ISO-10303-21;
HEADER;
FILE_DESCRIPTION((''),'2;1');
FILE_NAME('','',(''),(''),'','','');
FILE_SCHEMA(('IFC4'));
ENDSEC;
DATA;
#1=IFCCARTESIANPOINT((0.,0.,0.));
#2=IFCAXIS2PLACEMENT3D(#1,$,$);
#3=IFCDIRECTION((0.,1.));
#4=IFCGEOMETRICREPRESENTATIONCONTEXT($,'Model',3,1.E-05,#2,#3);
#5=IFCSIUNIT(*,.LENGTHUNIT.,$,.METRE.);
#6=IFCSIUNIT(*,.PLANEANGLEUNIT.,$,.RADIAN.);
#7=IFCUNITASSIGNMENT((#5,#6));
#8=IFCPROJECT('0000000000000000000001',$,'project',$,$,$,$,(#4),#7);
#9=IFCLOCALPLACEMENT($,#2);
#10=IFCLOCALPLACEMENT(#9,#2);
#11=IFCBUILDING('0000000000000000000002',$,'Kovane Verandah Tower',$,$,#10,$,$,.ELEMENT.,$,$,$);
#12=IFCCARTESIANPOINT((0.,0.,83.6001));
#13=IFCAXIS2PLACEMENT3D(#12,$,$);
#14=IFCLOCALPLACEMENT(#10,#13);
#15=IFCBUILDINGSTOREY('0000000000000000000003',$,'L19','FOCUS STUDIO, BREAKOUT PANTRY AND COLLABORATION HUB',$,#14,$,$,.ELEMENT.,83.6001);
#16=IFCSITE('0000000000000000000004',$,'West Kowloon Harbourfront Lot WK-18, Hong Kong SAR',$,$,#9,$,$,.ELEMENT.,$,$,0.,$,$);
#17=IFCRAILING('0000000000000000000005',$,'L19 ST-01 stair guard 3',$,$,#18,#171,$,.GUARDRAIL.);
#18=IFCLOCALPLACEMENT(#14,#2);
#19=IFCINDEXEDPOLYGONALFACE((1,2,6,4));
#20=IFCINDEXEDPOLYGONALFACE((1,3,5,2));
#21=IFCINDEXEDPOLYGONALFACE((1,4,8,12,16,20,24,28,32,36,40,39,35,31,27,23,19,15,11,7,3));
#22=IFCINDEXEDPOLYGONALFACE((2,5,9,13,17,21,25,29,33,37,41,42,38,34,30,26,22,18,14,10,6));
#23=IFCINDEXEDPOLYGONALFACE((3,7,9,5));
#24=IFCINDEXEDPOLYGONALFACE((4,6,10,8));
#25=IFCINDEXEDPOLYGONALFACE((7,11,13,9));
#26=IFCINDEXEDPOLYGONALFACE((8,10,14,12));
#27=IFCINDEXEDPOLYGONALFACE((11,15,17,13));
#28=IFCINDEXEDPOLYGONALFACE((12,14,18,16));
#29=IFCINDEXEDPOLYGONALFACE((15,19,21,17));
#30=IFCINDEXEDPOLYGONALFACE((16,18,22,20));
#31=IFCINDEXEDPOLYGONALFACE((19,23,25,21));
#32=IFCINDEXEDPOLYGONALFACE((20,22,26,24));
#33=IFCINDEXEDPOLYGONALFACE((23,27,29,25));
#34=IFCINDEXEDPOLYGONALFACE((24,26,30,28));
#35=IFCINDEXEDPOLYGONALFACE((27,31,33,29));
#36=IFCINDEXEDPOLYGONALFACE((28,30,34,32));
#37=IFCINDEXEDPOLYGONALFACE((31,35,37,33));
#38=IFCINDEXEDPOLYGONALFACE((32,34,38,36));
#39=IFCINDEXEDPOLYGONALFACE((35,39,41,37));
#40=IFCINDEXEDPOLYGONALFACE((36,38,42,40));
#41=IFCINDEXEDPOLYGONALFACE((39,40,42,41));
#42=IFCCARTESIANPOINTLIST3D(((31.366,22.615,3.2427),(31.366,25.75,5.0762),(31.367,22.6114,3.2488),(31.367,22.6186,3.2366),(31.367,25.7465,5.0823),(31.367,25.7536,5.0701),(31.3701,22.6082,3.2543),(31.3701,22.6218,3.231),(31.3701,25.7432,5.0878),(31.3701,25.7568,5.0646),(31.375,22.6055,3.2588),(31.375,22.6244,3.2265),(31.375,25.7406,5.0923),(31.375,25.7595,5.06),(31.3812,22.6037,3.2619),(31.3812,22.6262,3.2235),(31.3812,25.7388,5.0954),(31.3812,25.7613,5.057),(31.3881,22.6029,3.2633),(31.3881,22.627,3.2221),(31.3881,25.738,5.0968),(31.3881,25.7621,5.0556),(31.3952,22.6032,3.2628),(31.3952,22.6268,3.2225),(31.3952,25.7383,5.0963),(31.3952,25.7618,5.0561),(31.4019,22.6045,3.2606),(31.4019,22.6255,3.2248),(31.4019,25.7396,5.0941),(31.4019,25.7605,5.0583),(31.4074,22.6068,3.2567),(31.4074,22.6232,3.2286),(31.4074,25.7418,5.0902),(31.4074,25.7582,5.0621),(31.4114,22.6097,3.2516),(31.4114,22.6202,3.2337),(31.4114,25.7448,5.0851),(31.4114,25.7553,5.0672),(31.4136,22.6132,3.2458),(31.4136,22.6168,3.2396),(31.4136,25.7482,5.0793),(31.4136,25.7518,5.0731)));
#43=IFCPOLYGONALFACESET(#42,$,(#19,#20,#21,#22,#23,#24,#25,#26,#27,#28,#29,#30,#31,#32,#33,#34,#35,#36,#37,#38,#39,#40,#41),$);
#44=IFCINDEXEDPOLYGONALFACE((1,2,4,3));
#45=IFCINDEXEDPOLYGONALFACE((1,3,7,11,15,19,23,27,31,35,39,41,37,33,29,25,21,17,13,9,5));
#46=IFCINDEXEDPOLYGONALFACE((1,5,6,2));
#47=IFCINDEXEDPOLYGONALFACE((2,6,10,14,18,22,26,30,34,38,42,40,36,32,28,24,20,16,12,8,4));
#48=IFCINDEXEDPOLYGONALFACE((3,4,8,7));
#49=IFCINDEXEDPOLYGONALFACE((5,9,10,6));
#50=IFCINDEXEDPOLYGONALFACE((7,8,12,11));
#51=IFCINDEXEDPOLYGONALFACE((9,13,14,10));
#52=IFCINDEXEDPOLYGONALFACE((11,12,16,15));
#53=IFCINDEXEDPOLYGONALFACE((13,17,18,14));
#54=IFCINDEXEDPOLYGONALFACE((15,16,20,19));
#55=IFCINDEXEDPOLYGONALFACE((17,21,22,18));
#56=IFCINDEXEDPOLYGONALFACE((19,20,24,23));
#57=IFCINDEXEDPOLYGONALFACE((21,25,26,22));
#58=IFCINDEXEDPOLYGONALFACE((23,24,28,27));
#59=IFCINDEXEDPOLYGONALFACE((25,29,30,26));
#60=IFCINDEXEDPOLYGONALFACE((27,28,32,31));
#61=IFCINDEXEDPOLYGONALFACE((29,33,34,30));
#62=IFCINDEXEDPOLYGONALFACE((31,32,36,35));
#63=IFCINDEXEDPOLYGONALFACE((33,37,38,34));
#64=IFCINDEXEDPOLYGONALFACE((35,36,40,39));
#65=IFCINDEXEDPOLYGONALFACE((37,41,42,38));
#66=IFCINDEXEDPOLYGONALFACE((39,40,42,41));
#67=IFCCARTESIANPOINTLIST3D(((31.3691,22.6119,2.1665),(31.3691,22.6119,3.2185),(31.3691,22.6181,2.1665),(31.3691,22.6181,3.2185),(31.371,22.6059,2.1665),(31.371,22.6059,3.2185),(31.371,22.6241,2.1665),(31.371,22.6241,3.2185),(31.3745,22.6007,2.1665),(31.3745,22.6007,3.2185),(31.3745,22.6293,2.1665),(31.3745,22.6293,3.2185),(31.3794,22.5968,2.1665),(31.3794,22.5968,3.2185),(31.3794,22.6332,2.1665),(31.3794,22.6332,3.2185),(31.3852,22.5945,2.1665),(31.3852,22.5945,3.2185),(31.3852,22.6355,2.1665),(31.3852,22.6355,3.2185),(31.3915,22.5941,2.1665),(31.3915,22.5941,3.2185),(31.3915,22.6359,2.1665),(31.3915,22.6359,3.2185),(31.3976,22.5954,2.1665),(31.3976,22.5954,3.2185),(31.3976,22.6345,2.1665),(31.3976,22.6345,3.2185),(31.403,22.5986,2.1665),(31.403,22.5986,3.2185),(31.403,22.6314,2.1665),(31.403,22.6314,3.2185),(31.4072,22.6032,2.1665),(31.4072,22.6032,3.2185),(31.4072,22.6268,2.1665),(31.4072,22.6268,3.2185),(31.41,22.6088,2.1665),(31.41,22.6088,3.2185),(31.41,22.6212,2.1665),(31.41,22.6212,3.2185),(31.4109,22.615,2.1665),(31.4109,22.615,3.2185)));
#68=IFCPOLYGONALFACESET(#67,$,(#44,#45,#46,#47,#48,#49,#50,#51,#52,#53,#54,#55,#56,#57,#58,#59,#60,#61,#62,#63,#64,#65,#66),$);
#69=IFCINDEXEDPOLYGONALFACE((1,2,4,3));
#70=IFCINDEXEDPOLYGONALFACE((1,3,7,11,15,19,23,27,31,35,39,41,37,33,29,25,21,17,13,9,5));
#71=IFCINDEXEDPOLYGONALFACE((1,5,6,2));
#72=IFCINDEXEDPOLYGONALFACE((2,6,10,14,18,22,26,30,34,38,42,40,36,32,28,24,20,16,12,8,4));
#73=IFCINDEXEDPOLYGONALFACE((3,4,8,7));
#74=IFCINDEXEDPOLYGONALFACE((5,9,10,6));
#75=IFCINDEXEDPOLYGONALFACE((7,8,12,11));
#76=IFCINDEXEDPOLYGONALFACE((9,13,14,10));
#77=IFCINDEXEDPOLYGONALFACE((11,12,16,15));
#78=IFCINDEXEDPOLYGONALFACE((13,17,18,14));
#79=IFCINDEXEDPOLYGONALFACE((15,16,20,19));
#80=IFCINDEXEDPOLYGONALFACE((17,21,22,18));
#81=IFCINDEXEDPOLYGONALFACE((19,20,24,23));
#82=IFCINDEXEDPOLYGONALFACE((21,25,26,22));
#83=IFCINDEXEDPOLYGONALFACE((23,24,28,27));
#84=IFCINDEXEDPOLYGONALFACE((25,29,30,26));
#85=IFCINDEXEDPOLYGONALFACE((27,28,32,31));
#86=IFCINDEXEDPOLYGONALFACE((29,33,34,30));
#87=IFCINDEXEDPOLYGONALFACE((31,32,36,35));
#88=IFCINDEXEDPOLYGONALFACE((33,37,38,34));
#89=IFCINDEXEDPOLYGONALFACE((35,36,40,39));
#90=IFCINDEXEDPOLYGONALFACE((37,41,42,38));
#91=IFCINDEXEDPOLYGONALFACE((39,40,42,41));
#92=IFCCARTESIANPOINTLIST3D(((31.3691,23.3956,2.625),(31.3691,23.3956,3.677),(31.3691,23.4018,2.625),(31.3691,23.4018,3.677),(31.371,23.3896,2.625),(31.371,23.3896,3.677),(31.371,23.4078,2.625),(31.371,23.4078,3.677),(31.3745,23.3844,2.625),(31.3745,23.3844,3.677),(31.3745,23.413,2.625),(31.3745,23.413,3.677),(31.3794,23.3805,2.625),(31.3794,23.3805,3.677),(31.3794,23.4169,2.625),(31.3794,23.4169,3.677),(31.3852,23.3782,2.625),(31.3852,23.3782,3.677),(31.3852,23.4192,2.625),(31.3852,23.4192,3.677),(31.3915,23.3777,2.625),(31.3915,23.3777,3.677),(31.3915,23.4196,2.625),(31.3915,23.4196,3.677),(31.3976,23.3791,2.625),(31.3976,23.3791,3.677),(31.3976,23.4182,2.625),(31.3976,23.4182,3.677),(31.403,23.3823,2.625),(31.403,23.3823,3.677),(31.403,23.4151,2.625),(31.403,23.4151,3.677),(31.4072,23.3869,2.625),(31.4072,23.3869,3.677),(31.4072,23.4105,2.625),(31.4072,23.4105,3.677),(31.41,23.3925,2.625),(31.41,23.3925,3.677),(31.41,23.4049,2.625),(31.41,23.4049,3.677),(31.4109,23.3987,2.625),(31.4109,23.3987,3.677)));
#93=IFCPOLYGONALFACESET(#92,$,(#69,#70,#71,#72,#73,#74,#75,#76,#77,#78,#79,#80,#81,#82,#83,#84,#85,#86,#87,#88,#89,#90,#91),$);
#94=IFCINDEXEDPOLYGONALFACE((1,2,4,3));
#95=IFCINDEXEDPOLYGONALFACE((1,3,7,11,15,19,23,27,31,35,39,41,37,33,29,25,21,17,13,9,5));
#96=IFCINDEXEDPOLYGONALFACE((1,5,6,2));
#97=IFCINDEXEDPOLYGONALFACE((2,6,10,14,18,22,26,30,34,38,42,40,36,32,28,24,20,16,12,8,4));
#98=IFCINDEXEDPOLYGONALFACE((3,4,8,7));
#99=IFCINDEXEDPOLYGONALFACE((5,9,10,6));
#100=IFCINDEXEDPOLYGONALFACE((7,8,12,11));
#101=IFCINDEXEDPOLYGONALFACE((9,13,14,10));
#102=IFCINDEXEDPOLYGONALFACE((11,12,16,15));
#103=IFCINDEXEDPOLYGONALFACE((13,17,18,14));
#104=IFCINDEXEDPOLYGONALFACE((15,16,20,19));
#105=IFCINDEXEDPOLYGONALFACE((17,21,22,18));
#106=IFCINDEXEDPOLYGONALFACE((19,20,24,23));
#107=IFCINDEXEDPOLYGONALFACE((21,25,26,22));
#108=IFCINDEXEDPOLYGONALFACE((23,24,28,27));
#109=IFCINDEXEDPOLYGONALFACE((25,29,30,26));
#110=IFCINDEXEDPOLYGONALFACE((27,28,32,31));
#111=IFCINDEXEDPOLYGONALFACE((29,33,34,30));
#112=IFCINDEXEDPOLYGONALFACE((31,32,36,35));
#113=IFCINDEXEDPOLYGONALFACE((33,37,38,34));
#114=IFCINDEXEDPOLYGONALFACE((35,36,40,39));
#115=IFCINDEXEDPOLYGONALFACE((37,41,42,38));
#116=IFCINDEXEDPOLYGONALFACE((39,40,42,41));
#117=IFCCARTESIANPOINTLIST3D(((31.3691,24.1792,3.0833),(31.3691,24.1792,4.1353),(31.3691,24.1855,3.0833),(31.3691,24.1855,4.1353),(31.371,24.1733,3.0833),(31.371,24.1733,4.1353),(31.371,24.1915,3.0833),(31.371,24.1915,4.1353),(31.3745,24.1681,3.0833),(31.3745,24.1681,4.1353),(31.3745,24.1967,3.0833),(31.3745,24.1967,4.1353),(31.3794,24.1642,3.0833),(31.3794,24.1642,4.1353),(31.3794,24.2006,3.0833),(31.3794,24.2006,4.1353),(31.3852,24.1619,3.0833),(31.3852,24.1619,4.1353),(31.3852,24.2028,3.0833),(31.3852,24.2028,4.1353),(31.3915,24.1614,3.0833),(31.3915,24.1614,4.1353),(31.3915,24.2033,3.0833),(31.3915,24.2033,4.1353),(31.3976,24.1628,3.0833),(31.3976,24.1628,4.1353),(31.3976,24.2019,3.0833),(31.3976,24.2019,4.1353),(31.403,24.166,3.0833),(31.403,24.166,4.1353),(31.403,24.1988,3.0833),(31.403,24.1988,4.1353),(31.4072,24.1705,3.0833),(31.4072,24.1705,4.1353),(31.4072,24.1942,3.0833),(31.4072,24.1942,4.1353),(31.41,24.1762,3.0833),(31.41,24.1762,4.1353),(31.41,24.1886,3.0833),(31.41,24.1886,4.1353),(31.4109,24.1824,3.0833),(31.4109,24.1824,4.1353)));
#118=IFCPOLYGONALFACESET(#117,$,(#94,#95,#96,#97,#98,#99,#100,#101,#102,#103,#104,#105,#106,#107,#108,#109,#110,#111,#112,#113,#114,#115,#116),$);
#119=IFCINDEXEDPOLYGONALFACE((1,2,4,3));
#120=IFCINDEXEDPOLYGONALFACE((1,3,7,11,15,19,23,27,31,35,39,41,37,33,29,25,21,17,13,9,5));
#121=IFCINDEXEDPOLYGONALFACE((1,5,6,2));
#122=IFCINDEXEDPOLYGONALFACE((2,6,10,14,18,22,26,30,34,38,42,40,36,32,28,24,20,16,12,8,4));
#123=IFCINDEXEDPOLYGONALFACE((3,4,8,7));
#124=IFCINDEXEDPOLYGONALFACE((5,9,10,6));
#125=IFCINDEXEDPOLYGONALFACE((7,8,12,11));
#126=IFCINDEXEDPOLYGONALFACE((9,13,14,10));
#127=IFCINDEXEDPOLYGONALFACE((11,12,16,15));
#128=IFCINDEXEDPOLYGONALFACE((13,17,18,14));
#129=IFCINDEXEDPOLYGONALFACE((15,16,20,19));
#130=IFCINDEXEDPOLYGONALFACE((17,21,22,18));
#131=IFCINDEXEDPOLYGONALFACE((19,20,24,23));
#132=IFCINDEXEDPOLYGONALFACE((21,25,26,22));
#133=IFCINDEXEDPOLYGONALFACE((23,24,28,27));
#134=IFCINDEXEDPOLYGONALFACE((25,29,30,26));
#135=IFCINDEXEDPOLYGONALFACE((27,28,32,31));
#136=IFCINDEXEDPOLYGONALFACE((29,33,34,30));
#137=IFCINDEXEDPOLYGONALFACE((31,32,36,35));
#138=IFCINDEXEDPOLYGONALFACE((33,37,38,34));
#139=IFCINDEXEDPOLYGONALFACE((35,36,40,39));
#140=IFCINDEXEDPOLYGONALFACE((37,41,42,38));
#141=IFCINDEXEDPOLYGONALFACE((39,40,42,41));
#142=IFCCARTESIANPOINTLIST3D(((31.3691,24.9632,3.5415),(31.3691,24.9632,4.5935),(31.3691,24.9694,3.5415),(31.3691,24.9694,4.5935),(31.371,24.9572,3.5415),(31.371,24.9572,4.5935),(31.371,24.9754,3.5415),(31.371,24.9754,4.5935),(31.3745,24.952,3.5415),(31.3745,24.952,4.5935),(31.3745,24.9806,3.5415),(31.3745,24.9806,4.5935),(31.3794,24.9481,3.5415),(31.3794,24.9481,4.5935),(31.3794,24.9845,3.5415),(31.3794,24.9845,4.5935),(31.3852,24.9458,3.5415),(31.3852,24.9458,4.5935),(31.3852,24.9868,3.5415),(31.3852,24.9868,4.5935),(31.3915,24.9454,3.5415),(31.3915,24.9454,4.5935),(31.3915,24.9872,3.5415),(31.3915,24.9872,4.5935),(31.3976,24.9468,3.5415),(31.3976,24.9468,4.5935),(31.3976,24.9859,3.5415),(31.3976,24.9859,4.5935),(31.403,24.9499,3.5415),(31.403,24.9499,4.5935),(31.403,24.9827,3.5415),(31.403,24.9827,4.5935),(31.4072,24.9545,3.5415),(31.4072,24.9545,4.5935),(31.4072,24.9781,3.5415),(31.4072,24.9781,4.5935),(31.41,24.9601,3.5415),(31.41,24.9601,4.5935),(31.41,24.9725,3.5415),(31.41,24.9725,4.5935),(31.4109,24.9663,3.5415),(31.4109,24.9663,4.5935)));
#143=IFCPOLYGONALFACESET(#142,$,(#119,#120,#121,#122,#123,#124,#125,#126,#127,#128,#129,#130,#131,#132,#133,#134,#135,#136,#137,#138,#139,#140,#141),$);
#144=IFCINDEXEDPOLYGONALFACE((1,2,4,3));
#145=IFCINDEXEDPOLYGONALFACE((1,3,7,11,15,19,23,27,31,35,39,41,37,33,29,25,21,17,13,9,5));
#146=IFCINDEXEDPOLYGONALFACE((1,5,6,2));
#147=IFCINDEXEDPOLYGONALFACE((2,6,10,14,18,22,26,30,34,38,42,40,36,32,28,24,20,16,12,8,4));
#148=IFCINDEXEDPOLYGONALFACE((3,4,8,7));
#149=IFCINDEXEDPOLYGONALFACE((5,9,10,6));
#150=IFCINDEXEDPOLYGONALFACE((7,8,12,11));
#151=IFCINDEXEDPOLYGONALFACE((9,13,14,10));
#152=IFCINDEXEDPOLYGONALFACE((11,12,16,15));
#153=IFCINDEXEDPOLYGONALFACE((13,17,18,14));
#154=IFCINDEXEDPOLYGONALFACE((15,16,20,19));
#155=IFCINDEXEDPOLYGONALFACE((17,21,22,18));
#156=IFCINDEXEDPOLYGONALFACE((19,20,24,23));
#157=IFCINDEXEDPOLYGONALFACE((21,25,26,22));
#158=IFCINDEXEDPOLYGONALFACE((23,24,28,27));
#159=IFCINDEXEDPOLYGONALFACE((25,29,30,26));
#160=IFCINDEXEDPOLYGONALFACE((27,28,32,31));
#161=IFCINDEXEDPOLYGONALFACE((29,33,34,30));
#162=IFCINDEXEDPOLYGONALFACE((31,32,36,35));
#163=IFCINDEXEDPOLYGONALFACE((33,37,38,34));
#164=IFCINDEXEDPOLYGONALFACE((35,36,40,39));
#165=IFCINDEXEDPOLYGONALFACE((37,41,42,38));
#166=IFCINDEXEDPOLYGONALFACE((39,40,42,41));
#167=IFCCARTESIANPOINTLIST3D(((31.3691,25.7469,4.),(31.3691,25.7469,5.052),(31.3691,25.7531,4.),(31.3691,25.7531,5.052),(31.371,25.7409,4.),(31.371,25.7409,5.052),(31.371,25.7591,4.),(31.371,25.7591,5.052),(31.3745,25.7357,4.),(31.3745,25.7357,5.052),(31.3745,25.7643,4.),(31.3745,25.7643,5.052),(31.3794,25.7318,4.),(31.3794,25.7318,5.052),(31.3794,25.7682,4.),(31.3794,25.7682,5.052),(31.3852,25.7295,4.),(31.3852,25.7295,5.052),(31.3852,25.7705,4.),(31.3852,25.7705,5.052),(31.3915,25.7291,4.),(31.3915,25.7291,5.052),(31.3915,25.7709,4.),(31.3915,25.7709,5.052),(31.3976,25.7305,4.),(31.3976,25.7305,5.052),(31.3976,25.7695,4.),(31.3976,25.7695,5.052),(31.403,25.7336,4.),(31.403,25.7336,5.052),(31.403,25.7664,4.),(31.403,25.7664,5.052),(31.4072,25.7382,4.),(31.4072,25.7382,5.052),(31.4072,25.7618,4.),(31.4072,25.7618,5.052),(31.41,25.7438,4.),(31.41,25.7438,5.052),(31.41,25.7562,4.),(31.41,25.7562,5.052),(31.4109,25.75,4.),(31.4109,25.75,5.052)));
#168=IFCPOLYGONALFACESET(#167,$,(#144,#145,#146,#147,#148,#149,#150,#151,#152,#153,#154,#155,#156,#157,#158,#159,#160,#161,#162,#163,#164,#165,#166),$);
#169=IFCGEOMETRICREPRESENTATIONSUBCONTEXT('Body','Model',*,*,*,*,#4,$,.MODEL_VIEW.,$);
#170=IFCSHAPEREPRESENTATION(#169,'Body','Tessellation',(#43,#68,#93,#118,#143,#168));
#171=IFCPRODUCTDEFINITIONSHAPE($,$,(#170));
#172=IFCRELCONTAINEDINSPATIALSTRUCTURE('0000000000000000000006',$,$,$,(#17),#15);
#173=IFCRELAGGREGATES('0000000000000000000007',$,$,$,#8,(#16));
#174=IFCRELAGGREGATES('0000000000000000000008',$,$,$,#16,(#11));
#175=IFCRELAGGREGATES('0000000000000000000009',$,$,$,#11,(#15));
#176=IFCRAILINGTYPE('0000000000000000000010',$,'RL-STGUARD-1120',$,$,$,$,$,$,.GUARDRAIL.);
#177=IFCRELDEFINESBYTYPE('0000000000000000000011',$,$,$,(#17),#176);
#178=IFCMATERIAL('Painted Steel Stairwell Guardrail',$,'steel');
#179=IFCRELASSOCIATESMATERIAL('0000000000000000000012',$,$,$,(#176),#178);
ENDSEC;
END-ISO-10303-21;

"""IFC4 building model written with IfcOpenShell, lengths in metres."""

from ifc_helpers import new_model, si_unit, direction, frame, origin, origin_2d, place, context, subcontext, project, spatial, circle, extrude, material, type_object, element, save


model = new_model("IFC4")

# Units and contexts
model_context = context("Model", 3, precision=1e-05, world=origin(), true_north=direction((0.0, 1.0)))
body_context = subcontext(model_context, "Body", "Model", "MODEL_VIEW")
ifc_project = project(units=[si_unit("LENGTHUNIT", "METRE"), si_unit("PLANEANGLEUNIT", "RADIAN")], contexts=[model_context])

# Site, building, storey
site_placement = place(None, origin())
site = spatial("IfcSite", under=ifc_project, at=site_placement, Name="West Kowloon Harbourfront Lot WK-18, Hong Kong SAR", CompositionType="ELEMENT", RefElevation=0.0)
building_placement = place(site_placement, origin())
building = spatial("IfcBuilding", under=site, at=building_placement, Name="Kovane Verandah Tower", CompositionType="ELEMENT")
storey_placement = place(building_placement, frame((0.0, 0.0, 83.6001)))
storey = spatial("IfcBuildingStorey", under=building, at=storey_placement, Name="L19", Description="FOCUS STUDIO, BREAKOUT PANTRY AND COLLABORATION HUB", CompositionType="ELEMENT", Elevation=83.6001)

# Railing
ifc_material_1 = material(Name="Painted Steel Stairwell Guardrail", Category="steel")
railing_type_1 = type_object("IfcRailingType", Name="RL-STGUARD-1120", PredefinedType="GUARDRAIL", material=ifc_material_1)
railing_1_placement = place(storey_placement, frame((31.3899, 22.615, 2.1665)))
element("IfcRailing", 1, at=railing_1_placement, inside=storey, type_object=railing_type_1, Name="L19 ST-01 stair guard 3", PredefinedType="GUARDRAIL", context=body_context, shape_type="SweptSolid", body=[
    extrude(circle(Radius=0.0239, at=origin_2d()), frame((0.0, 0.0, 1.0762), z_axis=(0.0, 0.86321, 0.504845), x_axis=(-1.0, 0.0, 0.0)), (0.0, 0.0, 1.0), 3.6318),
    extrude(circle(Radius=0.021, at=origin_2d()), origin(), (0.0, 0.0, 1.0), 1.052),
    extrude(circle(Radius=0.021, at=origin_2d()), frame((0.0, 0.7837, 0.4585)), (0.0, 0.0, 1.0), 1.052),
    extrude(circle(Radius=0.021, at=origin_2d()), frame((0.0, 1.5674, 0.9167)), (0.0, 0.0, 1.0), 1.052),
    extrude(circle(Radius=0.021, at=origin_2d()), frame((0.0, 2.3513, 1.375)), (0.0, 0.0, 1.0), 1.052),
    extrude(circle(Radius=0.021, at=origin_2d()), frame((0.0, 3.135, 1.8335)), (0.0, 0.0, 1.0), 1.052),
])

save(model, "model.ifc")
